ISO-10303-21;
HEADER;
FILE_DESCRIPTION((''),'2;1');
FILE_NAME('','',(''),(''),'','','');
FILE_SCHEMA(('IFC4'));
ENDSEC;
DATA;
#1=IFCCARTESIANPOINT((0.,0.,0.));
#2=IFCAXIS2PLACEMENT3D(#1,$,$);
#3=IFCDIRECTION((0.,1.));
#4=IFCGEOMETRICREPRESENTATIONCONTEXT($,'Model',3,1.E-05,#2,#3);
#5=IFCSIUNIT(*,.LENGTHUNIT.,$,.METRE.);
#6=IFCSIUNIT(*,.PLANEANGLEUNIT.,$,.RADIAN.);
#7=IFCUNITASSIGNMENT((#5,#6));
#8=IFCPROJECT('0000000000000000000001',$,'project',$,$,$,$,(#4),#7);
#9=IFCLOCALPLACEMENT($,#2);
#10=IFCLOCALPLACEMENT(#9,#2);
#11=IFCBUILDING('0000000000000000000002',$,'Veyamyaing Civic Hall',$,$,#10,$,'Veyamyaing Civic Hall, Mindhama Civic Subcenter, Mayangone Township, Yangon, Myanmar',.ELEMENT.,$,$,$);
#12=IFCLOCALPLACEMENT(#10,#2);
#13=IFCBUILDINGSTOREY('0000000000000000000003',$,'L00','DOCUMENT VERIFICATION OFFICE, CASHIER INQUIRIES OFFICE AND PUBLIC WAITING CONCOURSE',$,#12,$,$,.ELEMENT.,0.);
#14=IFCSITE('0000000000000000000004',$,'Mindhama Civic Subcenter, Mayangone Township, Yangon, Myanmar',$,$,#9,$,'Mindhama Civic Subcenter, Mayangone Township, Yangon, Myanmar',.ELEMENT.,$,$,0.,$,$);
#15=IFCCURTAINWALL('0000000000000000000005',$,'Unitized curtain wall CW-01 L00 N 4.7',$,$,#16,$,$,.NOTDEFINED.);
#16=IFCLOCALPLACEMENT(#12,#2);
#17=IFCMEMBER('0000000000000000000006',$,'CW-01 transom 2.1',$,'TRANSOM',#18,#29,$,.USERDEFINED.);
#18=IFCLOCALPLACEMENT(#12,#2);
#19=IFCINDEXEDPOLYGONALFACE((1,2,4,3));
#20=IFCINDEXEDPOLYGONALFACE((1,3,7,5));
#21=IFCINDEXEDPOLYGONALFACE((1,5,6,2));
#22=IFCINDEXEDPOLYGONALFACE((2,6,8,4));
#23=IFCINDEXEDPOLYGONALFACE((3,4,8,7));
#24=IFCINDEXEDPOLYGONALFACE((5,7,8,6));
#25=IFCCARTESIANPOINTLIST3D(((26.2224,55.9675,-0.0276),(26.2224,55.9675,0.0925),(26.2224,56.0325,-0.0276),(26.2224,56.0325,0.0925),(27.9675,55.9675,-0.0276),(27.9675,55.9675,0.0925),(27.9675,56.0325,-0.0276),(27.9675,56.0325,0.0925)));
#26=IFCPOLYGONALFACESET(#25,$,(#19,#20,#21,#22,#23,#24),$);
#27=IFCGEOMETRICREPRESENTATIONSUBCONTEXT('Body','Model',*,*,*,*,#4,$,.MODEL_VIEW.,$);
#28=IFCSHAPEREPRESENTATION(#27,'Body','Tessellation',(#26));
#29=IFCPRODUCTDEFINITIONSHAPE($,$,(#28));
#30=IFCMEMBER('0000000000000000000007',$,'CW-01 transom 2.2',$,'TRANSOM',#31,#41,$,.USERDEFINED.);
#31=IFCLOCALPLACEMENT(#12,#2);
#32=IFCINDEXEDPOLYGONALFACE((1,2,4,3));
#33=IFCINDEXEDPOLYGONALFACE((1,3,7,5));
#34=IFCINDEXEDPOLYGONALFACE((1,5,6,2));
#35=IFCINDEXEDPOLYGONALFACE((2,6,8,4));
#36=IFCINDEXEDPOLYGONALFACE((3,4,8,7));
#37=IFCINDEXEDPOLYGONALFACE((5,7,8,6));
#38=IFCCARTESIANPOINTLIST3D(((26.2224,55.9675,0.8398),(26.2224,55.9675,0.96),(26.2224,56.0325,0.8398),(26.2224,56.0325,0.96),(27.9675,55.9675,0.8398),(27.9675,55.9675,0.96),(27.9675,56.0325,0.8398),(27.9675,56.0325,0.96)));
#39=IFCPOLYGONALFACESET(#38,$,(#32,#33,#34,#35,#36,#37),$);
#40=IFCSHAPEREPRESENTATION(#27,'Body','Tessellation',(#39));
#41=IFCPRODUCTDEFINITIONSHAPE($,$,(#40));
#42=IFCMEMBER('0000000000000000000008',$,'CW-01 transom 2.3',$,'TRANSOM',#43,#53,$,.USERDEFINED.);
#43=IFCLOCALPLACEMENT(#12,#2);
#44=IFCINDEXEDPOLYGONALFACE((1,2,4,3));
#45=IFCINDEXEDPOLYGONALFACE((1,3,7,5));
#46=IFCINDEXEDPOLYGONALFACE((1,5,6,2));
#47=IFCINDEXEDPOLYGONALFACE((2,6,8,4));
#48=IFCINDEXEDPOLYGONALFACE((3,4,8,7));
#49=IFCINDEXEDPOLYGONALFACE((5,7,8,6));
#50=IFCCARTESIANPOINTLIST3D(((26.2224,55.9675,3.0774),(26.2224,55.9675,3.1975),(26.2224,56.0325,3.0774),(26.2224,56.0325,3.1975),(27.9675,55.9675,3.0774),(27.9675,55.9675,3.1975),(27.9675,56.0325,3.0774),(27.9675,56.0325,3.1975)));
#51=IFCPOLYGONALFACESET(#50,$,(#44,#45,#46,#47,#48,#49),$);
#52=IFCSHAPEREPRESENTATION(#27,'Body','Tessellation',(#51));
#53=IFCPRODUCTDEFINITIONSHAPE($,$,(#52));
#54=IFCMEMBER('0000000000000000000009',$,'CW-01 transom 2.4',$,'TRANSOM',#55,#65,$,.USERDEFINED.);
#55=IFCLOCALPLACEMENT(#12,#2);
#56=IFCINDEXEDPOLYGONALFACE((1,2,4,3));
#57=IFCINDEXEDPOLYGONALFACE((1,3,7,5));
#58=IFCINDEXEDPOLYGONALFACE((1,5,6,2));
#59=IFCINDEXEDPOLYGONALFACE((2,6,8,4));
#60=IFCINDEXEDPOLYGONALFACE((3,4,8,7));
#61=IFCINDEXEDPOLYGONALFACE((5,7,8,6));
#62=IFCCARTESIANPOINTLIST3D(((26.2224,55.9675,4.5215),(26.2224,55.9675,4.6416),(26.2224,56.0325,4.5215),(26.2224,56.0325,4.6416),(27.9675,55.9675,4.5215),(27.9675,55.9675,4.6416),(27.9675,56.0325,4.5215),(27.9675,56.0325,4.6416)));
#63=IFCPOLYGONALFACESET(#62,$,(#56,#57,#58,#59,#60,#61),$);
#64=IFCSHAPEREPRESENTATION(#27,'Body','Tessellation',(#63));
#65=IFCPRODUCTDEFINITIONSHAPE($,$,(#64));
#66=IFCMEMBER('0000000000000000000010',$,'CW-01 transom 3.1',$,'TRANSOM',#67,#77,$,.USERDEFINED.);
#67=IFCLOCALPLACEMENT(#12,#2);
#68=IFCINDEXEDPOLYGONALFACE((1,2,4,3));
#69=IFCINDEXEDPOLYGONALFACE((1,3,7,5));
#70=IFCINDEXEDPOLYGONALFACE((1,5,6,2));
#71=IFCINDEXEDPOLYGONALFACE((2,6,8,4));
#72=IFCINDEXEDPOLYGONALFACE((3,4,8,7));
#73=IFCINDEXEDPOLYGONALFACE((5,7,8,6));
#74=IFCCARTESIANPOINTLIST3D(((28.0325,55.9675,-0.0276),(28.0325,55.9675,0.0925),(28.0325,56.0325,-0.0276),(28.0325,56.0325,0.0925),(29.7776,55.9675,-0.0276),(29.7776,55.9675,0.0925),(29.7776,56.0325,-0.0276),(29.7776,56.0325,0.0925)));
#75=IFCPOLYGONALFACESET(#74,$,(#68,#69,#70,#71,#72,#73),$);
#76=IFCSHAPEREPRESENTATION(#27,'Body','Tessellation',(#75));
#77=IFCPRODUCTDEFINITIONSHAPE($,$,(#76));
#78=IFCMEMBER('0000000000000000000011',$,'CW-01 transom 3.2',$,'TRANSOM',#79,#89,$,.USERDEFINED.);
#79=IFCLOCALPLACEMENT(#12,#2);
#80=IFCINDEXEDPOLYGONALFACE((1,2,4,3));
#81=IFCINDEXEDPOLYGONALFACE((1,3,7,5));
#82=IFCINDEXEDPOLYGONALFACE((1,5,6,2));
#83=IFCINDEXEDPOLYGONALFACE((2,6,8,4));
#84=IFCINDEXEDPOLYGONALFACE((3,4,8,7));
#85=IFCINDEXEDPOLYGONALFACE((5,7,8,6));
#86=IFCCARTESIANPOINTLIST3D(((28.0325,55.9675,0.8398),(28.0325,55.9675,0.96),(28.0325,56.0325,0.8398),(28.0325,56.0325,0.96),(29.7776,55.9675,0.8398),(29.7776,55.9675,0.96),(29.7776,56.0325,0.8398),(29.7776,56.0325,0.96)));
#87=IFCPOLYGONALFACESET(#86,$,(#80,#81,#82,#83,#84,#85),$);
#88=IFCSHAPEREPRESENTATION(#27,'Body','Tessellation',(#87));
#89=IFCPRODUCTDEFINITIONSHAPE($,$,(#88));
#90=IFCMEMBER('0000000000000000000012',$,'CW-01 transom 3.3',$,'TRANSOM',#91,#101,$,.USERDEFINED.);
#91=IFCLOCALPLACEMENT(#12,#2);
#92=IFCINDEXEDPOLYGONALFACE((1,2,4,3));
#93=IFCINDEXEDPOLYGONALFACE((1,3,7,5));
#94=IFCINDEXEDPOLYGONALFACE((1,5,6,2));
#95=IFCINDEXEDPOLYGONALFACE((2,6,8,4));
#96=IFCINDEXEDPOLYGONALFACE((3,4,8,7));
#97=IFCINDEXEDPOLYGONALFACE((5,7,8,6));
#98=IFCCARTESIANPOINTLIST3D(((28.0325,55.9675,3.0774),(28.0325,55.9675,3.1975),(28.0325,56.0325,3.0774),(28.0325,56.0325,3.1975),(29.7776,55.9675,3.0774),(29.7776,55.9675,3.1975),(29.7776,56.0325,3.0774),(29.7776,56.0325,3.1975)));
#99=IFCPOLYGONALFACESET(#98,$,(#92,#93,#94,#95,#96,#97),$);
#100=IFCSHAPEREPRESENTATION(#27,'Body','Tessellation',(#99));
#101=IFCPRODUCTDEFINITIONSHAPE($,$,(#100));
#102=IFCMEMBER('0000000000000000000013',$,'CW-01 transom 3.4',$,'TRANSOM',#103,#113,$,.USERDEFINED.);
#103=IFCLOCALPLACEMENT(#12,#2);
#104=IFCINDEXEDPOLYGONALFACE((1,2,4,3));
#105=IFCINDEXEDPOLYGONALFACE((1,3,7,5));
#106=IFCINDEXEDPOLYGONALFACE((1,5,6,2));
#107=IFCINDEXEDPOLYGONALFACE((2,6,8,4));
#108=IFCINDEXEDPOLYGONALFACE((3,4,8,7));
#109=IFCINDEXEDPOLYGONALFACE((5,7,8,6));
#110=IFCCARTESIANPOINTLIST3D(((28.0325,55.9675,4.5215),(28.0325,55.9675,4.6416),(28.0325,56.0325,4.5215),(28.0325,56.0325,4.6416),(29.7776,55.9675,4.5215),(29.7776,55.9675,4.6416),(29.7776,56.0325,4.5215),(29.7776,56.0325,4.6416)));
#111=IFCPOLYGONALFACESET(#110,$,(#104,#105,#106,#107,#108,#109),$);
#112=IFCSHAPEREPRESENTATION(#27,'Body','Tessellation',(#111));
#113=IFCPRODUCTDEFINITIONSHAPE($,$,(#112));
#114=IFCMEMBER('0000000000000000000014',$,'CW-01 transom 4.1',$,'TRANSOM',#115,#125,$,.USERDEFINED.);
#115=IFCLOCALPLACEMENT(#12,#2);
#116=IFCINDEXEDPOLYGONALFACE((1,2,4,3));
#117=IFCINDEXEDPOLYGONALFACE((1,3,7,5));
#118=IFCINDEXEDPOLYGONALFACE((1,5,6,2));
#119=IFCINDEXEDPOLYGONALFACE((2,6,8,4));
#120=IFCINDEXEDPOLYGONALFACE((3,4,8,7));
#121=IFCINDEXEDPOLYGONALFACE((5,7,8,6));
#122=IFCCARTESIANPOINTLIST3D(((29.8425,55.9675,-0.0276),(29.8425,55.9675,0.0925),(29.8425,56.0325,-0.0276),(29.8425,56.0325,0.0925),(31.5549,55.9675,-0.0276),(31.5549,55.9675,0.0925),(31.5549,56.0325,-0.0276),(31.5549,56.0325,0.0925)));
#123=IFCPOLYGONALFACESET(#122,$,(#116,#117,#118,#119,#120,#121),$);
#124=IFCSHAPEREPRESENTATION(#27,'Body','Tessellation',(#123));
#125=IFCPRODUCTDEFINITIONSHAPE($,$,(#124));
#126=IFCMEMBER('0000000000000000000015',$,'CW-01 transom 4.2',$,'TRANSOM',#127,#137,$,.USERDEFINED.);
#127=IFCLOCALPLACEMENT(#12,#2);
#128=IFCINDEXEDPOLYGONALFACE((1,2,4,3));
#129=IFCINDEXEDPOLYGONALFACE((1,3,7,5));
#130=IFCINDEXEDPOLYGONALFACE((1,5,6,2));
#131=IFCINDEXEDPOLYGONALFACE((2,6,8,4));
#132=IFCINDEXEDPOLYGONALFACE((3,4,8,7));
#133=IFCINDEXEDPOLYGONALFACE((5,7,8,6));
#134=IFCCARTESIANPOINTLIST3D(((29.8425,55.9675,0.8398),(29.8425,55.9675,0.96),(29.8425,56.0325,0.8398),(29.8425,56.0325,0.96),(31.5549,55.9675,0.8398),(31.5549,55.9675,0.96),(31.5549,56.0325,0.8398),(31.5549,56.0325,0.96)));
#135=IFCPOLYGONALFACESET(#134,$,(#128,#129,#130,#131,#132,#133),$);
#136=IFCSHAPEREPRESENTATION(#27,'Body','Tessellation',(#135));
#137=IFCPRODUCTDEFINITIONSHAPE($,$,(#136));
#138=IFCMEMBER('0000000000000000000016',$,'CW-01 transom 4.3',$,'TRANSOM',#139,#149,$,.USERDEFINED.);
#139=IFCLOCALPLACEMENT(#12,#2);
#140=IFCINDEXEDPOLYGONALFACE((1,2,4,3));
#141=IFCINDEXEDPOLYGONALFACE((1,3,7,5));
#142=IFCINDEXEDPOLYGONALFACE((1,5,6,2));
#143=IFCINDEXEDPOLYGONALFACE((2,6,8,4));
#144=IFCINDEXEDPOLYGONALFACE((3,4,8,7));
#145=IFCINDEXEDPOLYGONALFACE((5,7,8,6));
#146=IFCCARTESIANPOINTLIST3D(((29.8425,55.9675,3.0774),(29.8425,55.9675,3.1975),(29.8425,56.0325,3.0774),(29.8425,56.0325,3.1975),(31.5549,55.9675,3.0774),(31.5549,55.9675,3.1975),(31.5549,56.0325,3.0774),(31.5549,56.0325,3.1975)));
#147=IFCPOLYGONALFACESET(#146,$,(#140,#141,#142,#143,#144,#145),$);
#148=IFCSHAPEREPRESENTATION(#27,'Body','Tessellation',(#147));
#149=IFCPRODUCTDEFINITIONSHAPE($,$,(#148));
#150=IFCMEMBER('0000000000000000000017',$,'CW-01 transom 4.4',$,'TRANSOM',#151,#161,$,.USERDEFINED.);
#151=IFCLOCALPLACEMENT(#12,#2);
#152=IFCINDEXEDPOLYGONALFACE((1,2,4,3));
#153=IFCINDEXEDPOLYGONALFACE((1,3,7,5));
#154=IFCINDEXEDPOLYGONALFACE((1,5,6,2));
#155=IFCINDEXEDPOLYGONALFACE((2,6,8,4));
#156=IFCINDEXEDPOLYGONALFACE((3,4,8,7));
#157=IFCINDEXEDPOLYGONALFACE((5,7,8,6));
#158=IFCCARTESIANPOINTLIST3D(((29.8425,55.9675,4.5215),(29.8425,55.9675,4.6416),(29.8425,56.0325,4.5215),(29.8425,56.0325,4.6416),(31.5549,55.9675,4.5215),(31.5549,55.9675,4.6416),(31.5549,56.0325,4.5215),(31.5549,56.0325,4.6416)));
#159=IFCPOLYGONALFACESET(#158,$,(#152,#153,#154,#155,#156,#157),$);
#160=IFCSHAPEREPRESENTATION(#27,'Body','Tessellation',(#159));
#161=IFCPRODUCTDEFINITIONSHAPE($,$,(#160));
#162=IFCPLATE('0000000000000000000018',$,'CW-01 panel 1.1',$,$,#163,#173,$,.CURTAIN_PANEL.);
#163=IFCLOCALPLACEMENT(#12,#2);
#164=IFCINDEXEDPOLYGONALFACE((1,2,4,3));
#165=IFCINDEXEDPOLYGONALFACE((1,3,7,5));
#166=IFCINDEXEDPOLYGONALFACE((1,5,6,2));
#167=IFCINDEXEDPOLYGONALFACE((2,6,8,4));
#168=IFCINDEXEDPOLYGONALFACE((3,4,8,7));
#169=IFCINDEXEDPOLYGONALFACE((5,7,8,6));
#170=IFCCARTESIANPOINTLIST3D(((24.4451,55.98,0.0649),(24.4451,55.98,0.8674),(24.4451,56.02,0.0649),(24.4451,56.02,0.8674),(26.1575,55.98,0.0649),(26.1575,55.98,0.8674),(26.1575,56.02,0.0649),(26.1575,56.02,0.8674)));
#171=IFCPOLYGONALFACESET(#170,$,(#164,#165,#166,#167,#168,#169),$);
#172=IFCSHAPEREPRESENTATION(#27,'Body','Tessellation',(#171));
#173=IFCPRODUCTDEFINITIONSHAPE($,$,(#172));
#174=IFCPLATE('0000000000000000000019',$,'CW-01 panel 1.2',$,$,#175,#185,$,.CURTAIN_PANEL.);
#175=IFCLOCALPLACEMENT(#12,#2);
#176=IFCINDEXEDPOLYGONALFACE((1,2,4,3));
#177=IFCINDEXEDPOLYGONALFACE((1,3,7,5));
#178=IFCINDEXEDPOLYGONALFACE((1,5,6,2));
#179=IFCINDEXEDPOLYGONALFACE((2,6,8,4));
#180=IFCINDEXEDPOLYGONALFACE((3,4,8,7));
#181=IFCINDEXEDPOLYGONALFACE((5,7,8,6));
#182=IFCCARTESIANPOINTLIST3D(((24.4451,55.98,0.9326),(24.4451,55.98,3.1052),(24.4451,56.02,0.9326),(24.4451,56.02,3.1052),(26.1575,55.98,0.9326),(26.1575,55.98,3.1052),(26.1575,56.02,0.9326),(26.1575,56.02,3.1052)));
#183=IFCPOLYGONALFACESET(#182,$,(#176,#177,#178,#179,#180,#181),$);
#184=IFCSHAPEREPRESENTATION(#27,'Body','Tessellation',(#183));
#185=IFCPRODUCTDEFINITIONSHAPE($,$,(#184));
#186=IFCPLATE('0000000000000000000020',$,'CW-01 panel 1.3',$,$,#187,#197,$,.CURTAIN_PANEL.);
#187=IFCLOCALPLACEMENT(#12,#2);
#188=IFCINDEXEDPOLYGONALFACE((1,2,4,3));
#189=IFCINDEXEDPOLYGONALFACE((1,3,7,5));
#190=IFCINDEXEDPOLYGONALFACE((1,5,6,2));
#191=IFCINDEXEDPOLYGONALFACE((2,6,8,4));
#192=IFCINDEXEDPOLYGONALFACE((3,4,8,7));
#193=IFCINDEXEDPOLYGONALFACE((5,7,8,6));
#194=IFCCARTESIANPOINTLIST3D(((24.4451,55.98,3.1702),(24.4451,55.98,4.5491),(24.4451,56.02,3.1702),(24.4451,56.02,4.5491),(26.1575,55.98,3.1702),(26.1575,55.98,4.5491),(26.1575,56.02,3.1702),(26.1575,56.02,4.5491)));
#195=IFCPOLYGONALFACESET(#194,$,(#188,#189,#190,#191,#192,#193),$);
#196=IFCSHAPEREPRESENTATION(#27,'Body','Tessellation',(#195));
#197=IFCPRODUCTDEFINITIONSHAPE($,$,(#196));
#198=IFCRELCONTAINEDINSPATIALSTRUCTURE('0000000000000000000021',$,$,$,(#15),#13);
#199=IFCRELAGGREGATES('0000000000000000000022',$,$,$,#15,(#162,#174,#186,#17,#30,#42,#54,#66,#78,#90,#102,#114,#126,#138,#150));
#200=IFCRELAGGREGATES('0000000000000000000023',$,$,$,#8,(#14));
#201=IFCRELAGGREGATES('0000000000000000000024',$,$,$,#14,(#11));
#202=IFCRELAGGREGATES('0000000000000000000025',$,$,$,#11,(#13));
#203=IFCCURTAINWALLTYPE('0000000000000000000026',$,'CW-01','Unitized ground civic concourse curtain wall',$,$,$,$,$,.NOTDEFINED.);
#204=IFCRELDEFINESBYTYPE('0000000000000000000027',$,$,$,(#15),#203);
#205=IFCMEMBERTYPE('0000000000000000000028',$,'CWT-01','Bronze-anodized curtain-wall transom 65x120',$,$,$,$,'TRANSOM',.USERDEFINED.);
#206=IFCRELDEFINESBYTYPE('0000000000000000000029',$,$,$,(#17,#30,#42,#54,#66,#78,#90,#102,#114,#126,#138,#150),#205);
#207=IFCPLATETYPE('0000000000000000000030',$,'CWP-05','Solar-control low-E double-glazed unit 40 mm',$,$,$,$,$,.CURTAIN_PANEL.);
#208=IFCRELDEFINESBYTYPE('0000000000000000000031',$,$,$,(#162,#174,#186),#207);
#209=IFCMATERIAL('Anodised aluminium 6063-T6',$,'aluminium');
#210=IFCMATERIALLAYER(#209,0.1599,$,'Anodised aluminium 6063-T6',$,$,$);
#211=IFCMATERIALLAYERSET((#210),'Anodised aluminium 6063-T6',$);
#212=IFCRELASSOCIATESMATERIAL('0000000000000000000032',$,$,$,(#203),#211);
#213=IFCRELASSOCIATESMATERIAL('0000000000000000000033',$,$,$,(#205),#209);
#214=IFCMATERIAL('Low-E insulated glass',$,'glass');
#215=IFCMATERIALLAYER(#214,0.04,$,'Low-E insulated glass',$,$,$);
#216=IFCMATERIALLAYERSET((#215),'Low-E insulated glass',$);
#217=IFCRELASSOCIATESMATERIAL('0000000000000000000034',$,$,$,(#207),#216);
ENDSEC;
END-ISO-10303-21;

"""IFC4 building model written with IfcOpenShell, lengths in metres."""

from ifc_helpers import new_model, si_unit, direction, frame, origin, origin_2d, place, context, subcontext, project, spatial, rectangle, extrude, material, layer, layer_set, material_profile, profile_set, type_object, element, aggregate, save


model = new_model("IFC4")

# Units and contexts
model_context = context("Model", 3, precision=1e-05, world=origin(), true_north=direction((0.0, 1.0)))
body_context = subcontext(model_context, "Body", "Model", "MODEL_VIEW")
ifc_project = project(units=[si_unit("LENGTHUNIT", "METRE"), si_unit("PLANEANGLEUNIT", "RADIAN")], contexts=[model_context])

# Site, building, storey
site_placement = place(None, origin())
site = spatial("IfcSite", under=ifc_project, at=site_placement, Name="Mindhama Civic Subcenter, Mayangone Township, Yangon, Myanmar", LongName="Mindhama Civic Subcenter, Mayangone Township, Yangon, Myanmar", CompositionType="ELEMENT", RefElevation=0.0)
building_placement = place(site_placement, origin())
building = spatial("IfcBuilding", under=site, at=building_placement, Name="Veyamyaing Civic Hall", LongName="Veyamyaing Civic Hall, Mindhama Civic Subcenter, Mayangone Township, Yangon, Myanmar", CompositionType="ELEMENT")
storey_placement = place(building_placement, origin())
storey = spatial("IfcBuildingStorey", under=building, at=storey_placement, Name="L00", Description="DOCUMENT VERIFICATION OFFICE, CASHIER INQUIRIES OFFICE AND PUBLIC WAITING CONCOURSE", CompositionType="ELEMENT", Elevation=0.0)

# Shared definitions
ifc_material_1 = material(Name="Anodised aluminium 6063-T6", Category="aluminium")
ifc_layer_1 = layer(ifc_material_1, 0.1599, Name="Anodised aluminium 6063-T6")
ifc_layer_set_1 = layer_set([ifc_layer_1], Name="Anodised aluminium 6063-T6")
curtain_wall_type = type_object("IfcCurtainWallType", Name="CW-01", Description="Unitized ground civic concourse curtain wall", PredefinedType="NOTDEFINED", material=ifc_layer_set_1)

# Curtain wall, members, plates
curtain_wall_1_placement = place(storey_placement, origin())
curtain_wall_1 = element("IfcCurtainWall", 1, at=curtain_wall_1_placement, inside=storey, type_object=curtain_wall_type, Name="Unitized curtain wall CW-01 L00 N 4.7", PredefinedType="NOTDEFINED")
ifc_material_profile_1 = material_profile(ifc_material_1, rectangle(XDim=0.0649, YDim=0.1201, at=origin_2d()), Name="ALU-TRN-65X120")
ifc_profile_set_1 = profile_set([ifc_material_profile_1], Name="Anodised aluminium 6063-T6")
member_type_1 = type_object("IfcMemberType", Name="CWT-01", Description="Bronze-anodized curtain-wall transom 65x120", ElementType="TRANSOM", PredefinedType="USERDEFINED", material=ifc_profile_set_1)
member_1_placement = place(storey_placement, frame((26.2224, 56.0, 0.0325), z_axis=(1.0, 0.0, 0.0), x_axis=(0.0, 1.0, 0.0)))
member_1 = element("IfcMember", 2, at=member_1_placement, type_object=member_type_1, Name="CW-01 transom 2.1", ObjectType="TRANSOM", PredefinedType="USERDEFINED", context=body_context, shape_type="SweptSolid", body=[
    extrude(rectangle(XDim=0.0649, YDim=0.1201, at=origin_2d()), origin(), (0.0, 0.0, 1.0), 1.7451),
])
member_2_placement = place(storey_placement, frame((26.2224, 56.0, 0.8999), z_axis=(1.0, 0.0, 0.0), x_axis=(0.0, 1.0, 0.0)))
member_2 = element("IfcMember", 3, at=member_2_placement, type_object=member_type_1, Name="CW-01 transom 2.2", ObjectType="TRANSOM", PredefinedType="USERDEFINED", context=body_context, shape_type="SweptSolid", body=[
    extrude(rectangle(XDim=0.0649, YDim=0.1201, at=origin_2d()), origin(), (0.0, 0.0, 1.0), 1.7451),
])
member_3_placement = place(storey_placement, frame((26.2224, 56.0, 3.1375), z_axis=(1.0, 0.0, 0.0), x_axis=(0.0, 1.0, 0.0)))
member_3 = element("IfcMember", 4, at=member_3_placement, type_object=member_type_1, Name="CW-01 transom 2.3", ObjectType="TRANSOM", PredefinedType="USERDEFINED", context=body_context, shape_type="SweptSolid", body=[
    extrude(rectangle(XDim=0.0649, YDim=0.1201, at=origin_2d()), origin(), (0.0, 0.0, 1.0), 1.7451),
])
member_4_placement = place(storey_placement, frame((26.2224, 56.0, 4.5815), z_axis=(1.0, 0.0, 0.0), x_axis=(0.0, 1.0, 0.0)))
member_4 = element("IfcMember", 5, at=member_4_placement, type_object=member_type_1, Name="CW-01 transom 2.4", ObjectType="TRANSOM", PredefinedType="USERDEFINED", context=body_context, shape_type="SweptSolid", body=[
    extrude(rectangle(XDim=0.0649, YDim=0.1201, at=origin_2d()), origin(), (0.0, 0.0, 1.0), 1.7451),
])
member_5_placement = place(storey_placement, frame((28.0325, 56.0, 0.0325), z_axis=(1.0, 0.0, 0.0), x_axis=(0.0, 1.0, 0.0)))
member_5 = element("IfcMember", 6, at=member_5_placement, type_object=member_type_1, Name="CW-01 transom 3.1", ObjectType="TRANSOM", PredefinedType="USERDEFINED", context=body_context, shape_type="SweptSolid", body=[
    extrude(rectangle(XDim=0.0649, YDim=0.1201, at=origin_2d()), origin(), (0.0, 0.0, 1.0), 1.7451),
])
member_6_placement = place(storey_placement, frame((28.0325, 56.0, 0.8999), z_axis=(1.0, 0.0, 0.0), x_axis=(0.0, 1.0, 0.0)))
member_6 = element("IfcMember", 7, at=member_6_placement, type_object=member_type_1, Name="CW-01 transom 3.2", ObjectType="TRANSOM", PredefinedType="USERDEFINED", context=body_context, shape_type="SweptSolid", body=[
    extrude(rectangle(XDim=0.0649, YDim=0.1201, at=origin_2d()), origin(), (0.0, 0.0, 1.0), 1.7451),
])
member_7_placement = place(storey_placement, frame((28.0325, 56.0, 3.1375), z_axis=(1.0, 0.0, 0.0), x_axis=(0.0, 1.0, 0.0)))
member_7 = element("IfcMember", 8, at=member_7_placement, type_object=member_type_1, Name="CW-01 transom 3.3", ObjectType="TRANSOM", PredefinedType="USERDEFINED", context=body_context, shape_type="SweptSolid", body=[
    extrude(rectangle(XDim=0.0649, YDim=0.1201, at=origin_2d()), origin(), (0.0, 0.0, 1.0), 1.7451),
])
member_8_placement = place(storey_placement, frame((28.0325, 56.0, 4.5815), z_axis=(1.0, 0.0, 0.0), x_axis=(0.0, 1.0, 0.0)))
member_8 = element("IfcMember", 9, at=member_8_placement, type_object=member_type_1, Name="CW-01 transom 3.4", ObjectType="TRANSOM", PredefinedType="USERDEFINED", context=body_context, shape_type="SweptSolid", body=[
    extrude(rectangle(XDim=0.0649, YDim=0.1201, at=origin_2d()), origin(), (0.0, 0.0, 1.0), 1.7451),
])
member_9_placement = place(storey_placement, frame((29.8425, 56.0, 0.0325), z_axis=(1.0, 0.0, 0.0), x_axis=(0.0, 1.0, 0.0)))
member_9 = element("IfcMember", 10, at=member_9_placement, type_object=member_type_1, Name="CW-01 transom 4.1", ObjectType="TRANSOM", PredefinedType="USERDEFINED", context=body_context, shape_type="SweptSolid", body=[
    extrude(rectangle(XDim=0.0649, YDim=0.1201, at=origin_2d()), origin(), (0.0, 0.0, 1.0), 1.7124),
])
member_10_placement = place(storey_placement, frame((29.8425, 56.0, 0.8999), z_axis=(1.0, 0.0, 0.0), x_axis=(0.0, 1.0, 0.0)))
member_10 = element("IfcMember", 11, at=member_10_placement, type_object=member_type_1, Name="CW-01 transom 4.2", ObjectType="TRANSOM", PredefinedType="USERDEFINED", context=body_context, shape_type="SweptSolid", body=[
    extrude(rectangle(XDim=0.0649, YDim=0.1201, at=origin_2d()), origin(), (0.0, 0.0, 1.0), 1.7124),
])
member_11_placement = place(storey_placement, frame((29.8425, 56.0, 3.1375), z_axis=(1.0, 0.0, 0.0), x_axis=(0.0, 1.0, 0.0)))
member_11 = element("IfcMember", 12, at=member_11_placement, type_object=member_type_1, Name="CW-01 transom 4.3", ObjectType="TRANSOM", PredefinedType="USERDEFINED", context=body_context, shape_type="SweptSolid", body=[
    extrude(rectangle(XDim=0.0649, YDim=0.1201, at=origin_2d()), origin(), (0.0, 0.0, 1.0), 1.7124),
])
member_12_placement = place(storey_placement, frame((29.8425, 56.0, 4.5815), z_axis=(1.0, 0.0, 0.0), x_axis=(0.0, 1.0, 0.0)))
member_12 = element("IfcMember", 13, at=member_12_placement, type_object=member_type_1, Name="CW-01 transom 4.4", ObjectType="TRANSOM", PredefinedType="USERDEFINED", context=body_context, shape_type="SweptSolid", body=[
    extrude(rectangle(XDim=0.0649, YDim=0.1201, at=origin_2d()), origin(), (0.0, 0.0, 1.0), 1.7124),
])
ifc_material_2 = material(Name="Low-E insulated glass", Category="glass")
ifc_layer_2 = layer(ifc_material_2, 0.04, Name="Low-E insulated glass")
ifc_layer_set_2 = layer_set([ifc_layer_2], Name="Low-E insulated glass")
plate_type = type_object("IfcPlateType", Name="CWP-05", Description="Solar-control low-E double-glazed unit 40 mm", PredefinedType="CURTAIN_PANEL", material=ifc_layer_set_2)
plate_1_placement = place(storey_placement, frame((25.3013, 56.0, 0.0649), z_axis=(0.0, 0.0, 1.0), x_axis=(1.0, 0.0, 0.0)))
plate_1 = element("IfcPlate", 14, at=plate_1_placement, type_object=plate_type, Name="CW-01 panel 1.1", PredefinedType="CURTAIN_PANEL", context=body_context, shape_type="SweptSolid", body=[
    extrude(rectangle(XDim=1.7124, YDim=0.04, at=origin_2d()), origin(), (0.0, 0.0, 1.0), 0.8025),
])
plate_2_placement = place(storey_placement, frame((25.3013, 56.0, 0.9326), z_axis=(0.0, 0.0, 1.0), x_axis=(1.0, 0.0, 0.0)))
plate_2 = element("IfcPlate", 15, at=plate_2_placement, type_object=plate_type, Name="CW-01 panel 1.2", PredefinedType="CURTAIN_PANEL", context=body_context, shape_type="SweptSolid", body=[
    extrude(rectangle(XDim=1.7124, YDim=0.04, at=origin_2d()), origin(), (0.0, 0.0, 1.0), 2.1726),
])
plate_3_placement = place(storey_placement, frame((25.3013, 56.0, 3.1702), z_axis=(0.0, 0.0, 1.0), x_axis=(1.0, 0.0, 0.0)))
plate_3 = element("IfcPlate", 16, at=plate_3_placement, type_object=plate_type, Name="CW-01 panel 1.3", PredefinedType="CURTAIN_PANEL", context=body_context, shape_type="SweptSolid", body=[
    extrude(rectangle(XDim=1.7124, YDim=0.04, at=origin_2d()), origin(), (0.0, 0.0, 1.0), 1.3789),
])
aggregate(curtain_wall_1, [plate_1, plate_2, plate_3, member_1, member_2, member_3, member_4, member_5, member_6, member_7, member_8, member_9, member_10, member_11, member_12])

save(model, "model.ifc")
